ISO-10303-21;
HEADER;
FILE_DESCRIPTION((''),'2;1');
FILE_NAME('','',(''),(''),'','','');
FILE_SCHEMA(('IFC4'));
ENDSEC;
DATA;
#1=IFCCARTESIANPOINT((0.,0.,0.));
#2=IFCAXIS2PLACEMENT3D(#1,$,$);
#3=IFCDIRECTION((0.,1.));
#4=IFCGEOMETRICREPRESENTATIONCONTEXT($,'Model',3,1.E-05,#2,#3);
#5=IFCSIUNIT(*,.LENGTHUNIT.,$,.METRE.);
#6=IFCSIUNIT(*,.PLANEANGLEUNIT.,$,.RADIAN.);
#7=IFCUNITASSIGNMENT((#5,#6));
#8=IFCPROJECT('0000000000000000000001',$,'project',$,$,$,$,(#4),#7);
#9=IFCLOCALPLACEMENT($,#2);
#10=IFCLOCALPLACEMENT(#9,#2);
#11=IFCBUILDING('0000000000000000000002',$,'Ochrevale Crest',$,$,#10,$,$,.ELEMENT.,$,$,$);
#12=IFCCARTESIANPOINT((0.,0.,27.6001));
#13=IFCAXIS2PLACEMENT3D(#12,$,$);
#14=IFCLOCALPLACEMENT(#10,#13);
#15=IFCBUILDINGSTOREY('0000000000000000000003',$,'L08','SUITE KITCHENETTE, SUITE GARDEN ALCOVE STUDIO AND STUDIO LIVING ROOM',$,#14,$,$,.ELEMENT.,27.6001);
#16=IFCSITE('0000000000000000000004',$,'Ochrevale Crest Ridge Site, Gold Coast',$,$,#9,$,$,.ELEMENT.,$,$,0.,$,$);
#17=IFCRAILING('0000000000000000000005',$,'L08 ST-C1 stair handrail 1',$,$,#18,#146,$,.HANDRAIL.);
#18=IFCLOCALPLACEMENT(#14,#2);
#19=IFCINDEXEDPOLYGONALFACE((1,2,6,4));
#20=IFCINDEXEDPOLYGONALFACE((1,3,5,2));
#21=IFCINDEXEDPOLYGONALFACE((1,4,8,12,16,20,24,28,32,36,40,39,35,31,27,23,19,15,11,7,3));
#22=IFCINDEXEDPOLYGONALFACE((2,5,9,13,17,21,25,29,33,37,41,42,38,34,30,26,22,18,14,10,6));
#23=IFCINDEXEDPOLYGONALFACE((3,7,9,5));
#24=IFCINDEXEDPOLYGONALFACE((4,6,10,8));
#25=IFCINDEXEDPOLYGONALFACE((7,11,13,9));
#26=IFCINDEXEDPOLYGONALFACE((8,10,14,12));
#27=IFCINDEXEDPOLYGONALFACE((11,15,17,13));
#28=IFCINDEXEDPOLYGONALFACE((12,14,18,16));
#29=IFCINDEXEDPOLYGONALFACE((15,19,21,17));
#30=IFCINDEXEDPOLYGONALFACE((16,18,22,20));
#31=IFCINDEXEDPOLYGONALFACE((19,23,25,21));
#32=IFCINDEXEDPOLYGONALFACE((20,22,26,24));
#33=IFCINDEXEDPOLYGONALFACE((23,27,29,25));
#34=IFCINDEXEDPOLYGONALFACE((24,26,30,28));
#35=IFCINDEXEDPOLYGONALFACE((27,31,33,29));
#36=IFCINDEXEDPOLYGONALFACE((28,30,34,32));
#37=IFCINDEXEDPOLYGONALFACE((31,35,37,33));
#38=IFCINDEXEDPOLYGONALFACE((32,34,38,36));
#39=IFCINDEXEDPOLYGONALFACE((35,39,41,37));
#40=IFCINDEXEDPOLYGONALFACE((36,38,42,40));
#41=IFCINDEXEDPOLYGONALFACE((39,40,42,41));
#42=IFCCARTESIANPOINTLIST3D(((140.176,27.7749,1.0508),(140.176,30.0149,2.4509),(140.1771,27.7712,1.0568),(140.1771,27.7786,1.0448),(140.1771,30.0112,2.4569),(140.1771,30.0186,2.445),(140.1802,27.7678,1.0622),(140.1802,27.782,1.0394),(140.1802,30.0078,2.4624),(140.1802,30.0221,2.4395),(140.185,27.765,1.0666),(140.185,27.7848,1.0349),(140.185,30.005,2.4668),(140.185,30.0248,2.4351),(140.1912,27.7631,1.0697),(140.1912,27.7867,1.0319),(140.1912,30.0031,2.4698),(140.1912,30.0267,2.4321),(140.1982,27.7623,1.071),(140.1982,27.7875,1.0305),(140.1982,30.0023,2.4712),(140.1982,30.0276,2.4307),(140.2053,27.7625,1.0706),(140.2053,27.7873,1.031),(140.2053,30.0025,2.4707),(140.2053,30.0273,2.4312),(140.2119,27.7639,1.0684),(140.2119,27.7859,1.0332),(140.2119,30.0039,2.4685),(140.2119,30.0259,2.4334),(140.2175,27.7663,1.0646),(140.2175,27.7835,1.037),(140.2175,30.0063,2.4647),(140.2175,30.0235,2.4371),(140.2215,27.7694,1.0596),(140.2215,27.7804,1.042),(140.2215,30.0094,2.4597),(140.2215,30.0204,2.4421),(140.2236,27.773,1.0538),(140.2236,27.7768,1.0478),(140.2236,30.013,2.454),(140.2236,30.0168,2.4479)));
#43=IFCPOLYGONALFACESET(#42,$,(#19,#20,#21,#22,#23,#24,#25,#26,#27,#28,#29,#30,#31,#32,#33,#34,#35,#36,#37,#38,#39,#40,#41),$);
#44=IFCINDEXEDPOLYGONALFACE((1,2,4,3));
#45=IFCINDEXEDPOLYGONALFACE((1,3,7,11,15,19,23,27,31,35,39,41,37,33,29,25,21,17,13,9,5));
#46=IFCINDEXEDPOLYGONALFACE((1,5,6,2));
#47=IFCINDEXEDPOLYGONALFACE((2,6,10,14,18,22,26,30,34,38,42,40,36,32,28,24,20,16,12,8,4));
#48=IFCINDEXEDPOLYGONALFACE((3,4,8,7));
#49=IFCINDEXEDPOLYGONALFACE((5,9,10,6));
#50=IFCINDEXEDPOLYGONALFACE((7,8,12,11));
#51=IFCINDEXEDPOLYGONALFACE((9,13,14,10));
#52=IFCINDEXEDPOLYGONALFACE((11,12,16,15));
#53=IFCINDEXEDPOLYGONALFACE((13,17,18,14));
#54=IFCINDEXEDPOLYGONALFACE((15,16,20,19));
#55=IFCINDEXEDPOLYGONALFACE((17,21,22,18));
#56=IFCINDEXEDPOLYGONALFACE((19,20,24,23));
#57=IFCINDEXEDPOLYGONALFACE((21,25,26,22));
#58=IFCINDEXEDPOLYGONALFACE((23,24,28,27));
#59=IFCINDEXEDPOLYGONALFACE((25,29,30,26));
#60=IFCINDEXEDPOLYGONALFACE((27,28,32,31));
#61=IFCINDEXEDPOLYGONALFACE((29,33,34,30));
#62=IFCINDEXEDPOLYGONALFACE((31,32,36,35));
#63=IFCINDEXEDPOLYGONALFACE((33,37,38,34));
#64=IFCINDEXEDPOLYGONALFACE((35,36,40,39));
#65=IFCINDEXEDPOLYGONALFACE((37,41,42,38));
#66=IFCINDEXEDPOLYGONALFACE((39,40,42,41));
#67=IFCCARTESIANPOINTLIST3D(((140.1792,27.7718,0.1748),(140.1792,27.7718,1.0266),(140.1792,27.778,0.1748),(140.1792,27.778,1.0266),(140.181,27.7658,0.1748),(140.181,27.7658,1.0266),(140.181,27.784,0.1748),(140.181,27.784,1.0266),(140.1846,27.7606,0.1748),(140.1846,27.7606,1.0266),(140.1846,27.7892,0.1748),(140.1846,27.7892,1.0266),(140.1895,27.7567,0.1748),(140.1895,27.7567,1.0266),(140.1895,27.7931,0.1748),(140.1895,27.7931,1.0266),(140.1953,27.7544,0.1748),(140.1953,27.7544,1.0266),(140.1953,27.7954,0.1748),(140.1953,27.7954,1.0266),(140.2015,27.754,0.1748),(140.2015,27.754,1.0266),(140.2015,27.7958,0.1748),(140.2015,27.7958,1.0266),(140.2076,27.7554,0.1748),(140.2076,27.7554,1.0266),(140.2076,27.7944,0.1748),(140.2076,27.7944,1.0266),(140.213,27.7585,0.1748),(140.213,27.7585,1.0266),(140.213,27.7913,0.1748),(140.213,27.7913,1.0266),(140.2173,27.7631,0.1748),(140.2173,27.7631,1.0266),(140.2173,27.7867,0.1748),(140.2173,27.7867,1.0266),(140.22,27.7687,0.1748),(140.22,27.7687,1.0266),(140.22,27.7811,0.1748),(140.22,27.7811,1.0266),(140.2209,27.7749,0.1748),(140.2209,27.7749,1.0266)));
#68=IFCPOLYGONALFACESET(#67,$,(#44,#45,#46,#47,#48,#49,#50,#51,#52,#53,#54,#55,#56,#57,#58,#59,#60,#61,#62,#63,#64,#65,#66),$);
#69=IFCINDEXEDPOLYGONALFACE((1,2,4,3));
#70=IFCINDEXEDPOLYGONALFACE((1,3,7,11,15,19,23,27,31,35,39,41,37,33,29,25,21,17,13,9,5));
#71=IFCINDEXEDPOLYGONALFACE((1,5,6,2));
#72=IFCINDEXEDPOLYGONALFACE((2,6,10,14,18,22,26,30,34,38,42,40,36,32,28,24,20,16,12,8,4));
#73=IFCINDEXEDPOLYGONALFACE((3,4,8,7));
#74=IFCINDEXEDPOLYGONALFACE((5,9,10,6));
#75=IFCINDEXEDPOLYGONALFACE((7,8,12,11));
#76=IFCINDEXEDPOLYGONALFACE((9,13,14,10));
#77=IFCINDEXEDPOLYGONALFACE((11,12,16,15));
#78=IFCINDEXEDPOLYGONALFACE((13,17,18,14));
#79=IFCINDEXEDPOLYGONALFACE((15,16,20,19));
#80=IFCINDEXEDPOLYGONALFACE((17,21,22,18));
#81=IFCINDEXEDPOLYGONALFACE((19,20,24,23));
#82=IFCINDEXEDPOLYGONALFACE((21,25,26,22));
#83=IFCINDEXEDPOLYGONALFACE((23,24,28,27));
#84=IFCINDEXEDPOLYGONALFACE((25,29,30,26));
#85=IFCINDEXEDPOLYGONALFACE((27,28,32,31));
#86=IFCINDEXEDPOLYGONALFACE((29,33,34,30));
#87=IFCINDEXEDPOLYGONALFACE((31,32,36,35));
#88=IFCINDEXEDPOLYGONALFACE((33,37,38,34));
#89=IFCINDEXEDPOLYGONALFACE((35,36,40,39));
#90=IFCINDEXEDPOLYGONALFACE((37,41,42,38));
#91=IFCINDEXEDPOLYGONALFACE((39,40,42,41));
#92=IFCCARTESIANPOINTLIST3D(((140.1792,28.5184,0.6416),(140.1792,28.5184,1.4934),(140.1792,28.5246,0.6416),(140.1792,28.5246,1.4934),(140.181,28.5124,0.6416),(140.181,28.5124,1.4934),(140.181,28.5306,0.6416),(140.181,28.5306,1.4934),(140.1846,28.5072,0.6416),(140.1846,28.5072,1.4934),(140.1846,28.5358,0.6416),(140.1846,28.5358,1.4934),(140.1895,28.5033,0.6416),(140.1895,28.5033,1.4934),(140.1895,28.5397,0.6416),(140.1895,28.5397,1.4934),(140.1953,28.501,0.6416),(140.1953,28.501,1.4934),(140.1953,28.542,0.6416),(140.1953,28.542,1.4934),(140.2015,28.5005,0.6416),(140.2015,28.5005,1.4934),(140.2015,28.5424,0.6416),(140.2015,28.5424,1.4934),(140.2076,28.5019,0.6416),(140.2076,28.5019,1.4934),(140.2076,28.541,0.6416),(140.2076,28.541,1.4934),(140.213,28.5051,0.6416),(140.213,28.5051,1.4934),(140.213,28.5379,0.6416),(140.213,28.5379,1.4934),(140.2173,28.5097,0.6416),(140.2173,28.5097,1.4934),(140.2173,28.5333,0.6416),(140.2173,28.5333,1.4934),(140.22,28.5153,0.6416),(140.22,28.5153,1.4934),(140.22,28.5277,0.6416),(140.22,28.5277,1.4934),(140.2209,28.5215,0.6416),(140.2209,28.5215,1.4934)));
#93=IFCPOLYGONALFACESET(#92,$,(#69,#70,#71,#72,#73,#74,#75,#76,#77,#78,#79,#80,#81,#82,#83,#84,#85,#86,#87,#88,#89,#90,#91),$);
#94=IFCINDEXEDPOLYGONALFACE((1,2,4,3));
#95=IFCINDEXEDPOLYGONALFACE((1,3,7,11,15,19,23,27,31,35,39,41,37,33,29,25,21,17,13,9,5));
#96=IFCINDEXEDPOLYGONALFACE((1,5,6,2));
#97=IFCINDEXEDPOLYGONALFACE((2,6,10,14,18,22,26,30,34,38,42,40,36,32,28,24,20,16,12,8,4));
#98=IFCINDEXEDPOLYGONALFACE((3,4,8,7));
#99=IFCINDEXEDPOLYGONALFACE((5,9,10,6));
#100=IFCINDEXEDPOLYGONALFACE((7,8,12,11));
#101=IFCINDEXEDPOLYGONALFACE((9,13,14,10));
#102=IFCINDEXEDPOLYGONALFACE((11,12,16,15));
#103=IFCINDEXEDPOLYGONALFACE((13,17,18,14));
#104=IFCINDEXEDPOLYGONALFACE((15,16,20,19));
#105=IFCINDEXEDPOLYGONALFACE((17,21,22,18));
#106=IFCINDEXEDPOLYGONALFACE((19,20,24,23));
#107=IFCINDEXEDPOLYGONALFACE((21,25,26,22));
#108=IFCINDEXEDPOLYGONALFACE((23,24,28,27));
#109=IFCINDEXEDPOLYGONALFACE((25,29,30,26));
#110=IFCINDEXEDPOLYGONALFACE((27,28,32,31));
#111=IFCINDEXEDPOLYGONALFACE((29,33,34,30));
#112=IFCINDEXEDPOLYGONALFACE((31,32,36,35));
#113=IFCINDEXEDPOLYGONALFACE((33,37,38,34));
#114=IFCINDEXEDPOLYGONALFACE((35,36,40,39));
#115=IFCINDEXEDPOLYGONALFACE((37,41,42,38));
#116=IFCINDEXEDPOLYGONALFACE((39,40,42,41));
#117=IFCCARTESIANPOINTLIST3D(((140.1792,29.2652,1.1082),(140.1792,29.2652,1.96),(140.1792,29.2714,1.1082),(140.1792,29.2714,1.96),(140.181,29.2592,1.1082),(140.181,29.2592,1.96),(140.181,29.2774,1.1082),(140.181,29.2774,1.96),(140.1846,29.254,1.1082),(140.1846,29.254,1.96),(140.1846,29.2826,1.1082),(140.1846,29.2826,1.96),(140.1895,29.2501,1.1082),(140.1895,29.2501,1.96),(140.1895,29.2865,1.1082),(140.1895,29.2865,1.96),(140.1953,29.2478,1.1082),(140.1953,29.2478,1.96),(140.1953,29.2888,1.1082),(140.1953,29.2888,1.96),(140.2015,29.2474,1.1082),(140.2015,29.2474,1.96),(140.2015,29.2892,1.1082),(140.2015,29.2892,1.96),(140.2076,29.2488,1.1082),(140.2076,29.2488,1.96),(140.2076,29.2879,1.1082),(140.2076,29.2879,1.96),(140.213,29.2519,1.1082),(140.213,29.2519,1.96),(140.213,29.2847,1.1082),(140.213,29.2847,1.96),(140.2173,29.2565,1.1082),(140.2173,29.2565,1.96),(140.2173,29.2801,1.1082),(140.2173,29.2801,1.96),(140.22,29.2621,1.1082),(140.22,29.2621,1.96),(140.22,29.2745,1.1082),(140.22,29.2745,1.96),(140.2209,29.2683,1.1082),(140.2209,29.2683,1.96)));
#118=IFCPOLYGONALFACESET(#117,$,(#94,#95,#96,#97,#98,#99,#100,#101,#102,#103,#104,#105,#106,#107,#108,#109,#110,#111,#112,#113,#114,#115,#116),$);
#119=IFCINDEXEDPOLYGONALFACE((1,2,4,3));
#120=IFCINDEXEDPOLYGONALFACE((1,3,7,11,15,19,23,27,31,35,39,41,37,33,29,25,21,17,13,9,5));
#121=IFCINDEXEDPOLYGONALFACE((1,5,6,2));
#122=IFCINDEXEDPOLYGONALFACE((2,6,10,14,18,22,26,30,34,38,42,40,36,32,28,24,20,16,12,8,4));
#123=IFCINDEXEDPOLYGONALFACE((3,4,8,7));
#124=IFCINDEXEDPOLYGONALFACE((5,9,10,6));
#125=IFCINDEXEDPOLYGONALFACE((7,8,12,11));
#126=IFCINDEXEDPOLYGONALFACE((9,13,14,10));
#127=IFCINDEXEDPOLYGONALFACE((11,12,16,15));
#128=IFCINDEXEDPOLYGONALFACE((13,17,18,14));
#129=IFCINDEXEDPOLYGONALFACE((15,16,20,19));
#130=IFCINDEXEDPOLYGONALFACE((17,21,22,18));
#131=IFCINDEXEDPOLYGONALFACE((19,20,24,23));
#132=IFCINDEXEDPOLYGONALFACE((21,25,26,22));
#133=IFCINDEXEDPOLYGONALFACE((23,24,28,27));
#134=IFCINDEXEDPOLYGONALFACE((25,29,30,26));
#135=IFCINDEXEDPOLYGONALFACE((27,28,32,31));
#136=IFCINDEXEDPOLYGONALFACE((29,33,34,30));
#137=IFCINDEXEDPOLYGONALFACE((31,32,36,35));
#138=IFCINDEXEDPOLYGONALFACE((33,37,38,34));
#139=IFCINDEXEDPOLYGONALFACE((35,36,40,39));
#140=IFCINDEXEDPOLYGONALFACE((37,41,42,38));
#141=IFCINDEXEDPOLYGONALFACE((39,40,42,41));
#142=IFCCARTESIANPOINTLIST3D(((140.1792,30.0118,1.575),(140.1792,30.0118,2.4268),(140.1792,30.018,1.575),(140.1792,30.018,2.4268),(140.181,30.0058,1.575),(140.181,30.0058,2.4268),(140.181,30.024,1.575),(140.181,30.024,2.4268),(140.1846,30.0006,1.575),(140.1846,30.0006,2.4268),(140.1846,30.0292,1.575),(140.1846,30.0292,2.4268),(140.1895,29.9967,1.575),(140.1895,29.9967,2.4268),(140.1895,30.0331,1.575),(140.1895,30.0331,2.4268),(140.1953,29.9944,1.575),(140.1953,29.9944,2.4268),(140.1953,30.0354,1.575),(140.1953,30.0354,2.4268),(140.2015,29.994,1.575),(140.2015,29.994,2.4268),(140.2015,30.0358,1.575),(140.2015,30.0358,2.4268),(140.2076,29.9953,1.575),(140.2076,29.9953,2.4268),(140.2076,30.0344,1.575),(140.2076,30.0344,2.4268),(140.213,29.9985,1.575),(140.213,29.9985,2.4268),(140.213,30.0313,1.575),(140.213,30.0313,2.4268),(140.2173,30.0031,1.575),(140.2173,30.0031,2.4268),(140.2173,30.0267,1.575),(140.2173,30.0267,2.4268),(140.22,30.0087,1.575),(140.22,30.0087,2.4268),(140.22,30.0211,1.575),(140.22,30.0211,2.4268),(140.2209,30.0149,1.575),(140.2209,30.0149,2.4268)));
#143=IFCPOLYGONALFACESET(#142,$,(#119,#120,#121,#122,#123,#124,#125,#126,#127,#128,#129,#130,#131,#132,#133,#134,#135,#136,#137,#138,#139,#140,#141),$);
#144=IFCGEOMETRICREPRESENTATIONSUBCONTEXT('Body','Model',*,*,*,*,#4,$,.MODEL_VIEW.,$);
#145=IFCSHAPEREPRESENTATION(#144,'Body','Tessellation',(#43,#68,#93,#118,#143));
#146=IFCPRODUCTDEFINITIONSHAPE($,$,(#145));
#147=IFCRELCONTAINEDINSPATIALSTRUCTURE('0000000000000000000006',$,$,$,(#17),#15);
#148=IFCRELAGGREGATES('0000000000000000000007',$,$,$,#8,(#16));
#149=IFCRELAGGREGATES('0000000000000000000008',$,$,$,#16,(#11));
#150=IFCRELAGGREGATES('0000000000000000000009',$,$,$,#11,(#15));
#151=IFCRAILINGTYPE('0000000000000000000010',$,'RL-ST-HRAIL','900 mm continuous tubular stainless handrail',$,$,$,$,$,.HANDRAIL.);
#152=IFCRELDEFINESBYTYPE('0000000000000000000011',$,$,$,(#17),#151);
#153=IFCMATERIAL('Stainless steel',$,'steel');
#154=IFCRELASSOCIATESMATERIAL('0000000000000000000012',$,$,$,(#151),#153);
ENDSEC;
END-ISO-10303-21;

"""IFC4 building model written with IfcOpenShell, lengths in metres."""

from ifc_helpers import new_model, si_unit, direction, frame, origin, origin_2d, place, context, subcontext, project, spatial, circle, extrude, material, type_object, element, save


model = new_model("IFC4")

# Units and contexts
model_context = context("Model", 3, precision=1e-05, world=origin(), true_north=direction((0.0, 1.0)))
body_context = subcontext(model_context, "Body", "Model", "MODEL_VIEW")
ifc_project = project(units=[si_unit("LENGTHUNIT", "METRE"), si_unit("PLANEANGLEUNIT", "RADIAN")], contexts=[model_context])

# Site, building, storey
site_placement = place(None, origin())
site = spatial("IfcSite", under=ifc_project, at=site_placement, Name="Ochrevale Crest Ridge Site, Gold Coast", CompositionType="ELEMENT", RefElevation=0.0)
building_placement = place(site_placement, origin())
building = spatial("IfcBuilding", under=site, at=building_placement, Name="Ochrevale Crest", CompositionType="ELEMENT")
storey_placement = place(building_placement, frame((0.0, 0.0, 27.6001)))
storey = spatial("IfcBuildingStorey", under=building, at=storey_placement, Name="L08", Description="SUITE KITCHENETTE, SUITE GARDEN ALCOVE STUDIO AND STUDIO LIVING ROOM", CompositionType="ELEMENT", Elevation=27.6001)

# Railing
ifc_material_1 = material(Name="Stainless steel", Category="steel")
railing_type_1 = type_object("IfcRailingType", Name="RL-ST-HRAIL", Description="900 mm continuous tubular stainless handrail", PredefinedType="HANDRAIL", material=ifc_material_1)
railing_1_placement = place(storey_placement, frame((140.2, 27.7749, 0.1748)))
element("IfcRailing", 1, at=railing_1_placement, inside=storey, type_object=railing_type_1, Name="L08 ST-C1 stair handrail 1", PredefinedType="HANDRAIL", context=body_context, shape_type="SweptSolid", body=[
    extrude(circle(Radius=0.0239, at=origin_2d()), frame((0.0, 0.0, 0.876), z_axis=(0.0, 0.847972, 0.53004), x_axis=(-1.0, 0.0, 0.0)), (0.0, 0.0, 1.0), 2.6416),
    extrude(circle(Radius=0.021, at=origin_2d()), origin(), (0.0, 0.0, 1.0), 0.8518),
    extrude(circle(Radius=0.021, at=origin_2d()), frame((0.0, 0.7466, 0.4668)), (0.0, 0.0, 1.0), 0.8518),
    extrude(circle(Radius=0.021, at=origin_2d()), frame((0.0, 1.4934, 0.9333)), (0.0, 0.0, 1.0), 0.8518),
    extrude(circle(Radius=0.021, at=origin_2d()), frame((0.0, 2.24, 1.4001)), (0.0, 0.0, 1.0), 0.8518),
])

save(model, "model.ifc")
